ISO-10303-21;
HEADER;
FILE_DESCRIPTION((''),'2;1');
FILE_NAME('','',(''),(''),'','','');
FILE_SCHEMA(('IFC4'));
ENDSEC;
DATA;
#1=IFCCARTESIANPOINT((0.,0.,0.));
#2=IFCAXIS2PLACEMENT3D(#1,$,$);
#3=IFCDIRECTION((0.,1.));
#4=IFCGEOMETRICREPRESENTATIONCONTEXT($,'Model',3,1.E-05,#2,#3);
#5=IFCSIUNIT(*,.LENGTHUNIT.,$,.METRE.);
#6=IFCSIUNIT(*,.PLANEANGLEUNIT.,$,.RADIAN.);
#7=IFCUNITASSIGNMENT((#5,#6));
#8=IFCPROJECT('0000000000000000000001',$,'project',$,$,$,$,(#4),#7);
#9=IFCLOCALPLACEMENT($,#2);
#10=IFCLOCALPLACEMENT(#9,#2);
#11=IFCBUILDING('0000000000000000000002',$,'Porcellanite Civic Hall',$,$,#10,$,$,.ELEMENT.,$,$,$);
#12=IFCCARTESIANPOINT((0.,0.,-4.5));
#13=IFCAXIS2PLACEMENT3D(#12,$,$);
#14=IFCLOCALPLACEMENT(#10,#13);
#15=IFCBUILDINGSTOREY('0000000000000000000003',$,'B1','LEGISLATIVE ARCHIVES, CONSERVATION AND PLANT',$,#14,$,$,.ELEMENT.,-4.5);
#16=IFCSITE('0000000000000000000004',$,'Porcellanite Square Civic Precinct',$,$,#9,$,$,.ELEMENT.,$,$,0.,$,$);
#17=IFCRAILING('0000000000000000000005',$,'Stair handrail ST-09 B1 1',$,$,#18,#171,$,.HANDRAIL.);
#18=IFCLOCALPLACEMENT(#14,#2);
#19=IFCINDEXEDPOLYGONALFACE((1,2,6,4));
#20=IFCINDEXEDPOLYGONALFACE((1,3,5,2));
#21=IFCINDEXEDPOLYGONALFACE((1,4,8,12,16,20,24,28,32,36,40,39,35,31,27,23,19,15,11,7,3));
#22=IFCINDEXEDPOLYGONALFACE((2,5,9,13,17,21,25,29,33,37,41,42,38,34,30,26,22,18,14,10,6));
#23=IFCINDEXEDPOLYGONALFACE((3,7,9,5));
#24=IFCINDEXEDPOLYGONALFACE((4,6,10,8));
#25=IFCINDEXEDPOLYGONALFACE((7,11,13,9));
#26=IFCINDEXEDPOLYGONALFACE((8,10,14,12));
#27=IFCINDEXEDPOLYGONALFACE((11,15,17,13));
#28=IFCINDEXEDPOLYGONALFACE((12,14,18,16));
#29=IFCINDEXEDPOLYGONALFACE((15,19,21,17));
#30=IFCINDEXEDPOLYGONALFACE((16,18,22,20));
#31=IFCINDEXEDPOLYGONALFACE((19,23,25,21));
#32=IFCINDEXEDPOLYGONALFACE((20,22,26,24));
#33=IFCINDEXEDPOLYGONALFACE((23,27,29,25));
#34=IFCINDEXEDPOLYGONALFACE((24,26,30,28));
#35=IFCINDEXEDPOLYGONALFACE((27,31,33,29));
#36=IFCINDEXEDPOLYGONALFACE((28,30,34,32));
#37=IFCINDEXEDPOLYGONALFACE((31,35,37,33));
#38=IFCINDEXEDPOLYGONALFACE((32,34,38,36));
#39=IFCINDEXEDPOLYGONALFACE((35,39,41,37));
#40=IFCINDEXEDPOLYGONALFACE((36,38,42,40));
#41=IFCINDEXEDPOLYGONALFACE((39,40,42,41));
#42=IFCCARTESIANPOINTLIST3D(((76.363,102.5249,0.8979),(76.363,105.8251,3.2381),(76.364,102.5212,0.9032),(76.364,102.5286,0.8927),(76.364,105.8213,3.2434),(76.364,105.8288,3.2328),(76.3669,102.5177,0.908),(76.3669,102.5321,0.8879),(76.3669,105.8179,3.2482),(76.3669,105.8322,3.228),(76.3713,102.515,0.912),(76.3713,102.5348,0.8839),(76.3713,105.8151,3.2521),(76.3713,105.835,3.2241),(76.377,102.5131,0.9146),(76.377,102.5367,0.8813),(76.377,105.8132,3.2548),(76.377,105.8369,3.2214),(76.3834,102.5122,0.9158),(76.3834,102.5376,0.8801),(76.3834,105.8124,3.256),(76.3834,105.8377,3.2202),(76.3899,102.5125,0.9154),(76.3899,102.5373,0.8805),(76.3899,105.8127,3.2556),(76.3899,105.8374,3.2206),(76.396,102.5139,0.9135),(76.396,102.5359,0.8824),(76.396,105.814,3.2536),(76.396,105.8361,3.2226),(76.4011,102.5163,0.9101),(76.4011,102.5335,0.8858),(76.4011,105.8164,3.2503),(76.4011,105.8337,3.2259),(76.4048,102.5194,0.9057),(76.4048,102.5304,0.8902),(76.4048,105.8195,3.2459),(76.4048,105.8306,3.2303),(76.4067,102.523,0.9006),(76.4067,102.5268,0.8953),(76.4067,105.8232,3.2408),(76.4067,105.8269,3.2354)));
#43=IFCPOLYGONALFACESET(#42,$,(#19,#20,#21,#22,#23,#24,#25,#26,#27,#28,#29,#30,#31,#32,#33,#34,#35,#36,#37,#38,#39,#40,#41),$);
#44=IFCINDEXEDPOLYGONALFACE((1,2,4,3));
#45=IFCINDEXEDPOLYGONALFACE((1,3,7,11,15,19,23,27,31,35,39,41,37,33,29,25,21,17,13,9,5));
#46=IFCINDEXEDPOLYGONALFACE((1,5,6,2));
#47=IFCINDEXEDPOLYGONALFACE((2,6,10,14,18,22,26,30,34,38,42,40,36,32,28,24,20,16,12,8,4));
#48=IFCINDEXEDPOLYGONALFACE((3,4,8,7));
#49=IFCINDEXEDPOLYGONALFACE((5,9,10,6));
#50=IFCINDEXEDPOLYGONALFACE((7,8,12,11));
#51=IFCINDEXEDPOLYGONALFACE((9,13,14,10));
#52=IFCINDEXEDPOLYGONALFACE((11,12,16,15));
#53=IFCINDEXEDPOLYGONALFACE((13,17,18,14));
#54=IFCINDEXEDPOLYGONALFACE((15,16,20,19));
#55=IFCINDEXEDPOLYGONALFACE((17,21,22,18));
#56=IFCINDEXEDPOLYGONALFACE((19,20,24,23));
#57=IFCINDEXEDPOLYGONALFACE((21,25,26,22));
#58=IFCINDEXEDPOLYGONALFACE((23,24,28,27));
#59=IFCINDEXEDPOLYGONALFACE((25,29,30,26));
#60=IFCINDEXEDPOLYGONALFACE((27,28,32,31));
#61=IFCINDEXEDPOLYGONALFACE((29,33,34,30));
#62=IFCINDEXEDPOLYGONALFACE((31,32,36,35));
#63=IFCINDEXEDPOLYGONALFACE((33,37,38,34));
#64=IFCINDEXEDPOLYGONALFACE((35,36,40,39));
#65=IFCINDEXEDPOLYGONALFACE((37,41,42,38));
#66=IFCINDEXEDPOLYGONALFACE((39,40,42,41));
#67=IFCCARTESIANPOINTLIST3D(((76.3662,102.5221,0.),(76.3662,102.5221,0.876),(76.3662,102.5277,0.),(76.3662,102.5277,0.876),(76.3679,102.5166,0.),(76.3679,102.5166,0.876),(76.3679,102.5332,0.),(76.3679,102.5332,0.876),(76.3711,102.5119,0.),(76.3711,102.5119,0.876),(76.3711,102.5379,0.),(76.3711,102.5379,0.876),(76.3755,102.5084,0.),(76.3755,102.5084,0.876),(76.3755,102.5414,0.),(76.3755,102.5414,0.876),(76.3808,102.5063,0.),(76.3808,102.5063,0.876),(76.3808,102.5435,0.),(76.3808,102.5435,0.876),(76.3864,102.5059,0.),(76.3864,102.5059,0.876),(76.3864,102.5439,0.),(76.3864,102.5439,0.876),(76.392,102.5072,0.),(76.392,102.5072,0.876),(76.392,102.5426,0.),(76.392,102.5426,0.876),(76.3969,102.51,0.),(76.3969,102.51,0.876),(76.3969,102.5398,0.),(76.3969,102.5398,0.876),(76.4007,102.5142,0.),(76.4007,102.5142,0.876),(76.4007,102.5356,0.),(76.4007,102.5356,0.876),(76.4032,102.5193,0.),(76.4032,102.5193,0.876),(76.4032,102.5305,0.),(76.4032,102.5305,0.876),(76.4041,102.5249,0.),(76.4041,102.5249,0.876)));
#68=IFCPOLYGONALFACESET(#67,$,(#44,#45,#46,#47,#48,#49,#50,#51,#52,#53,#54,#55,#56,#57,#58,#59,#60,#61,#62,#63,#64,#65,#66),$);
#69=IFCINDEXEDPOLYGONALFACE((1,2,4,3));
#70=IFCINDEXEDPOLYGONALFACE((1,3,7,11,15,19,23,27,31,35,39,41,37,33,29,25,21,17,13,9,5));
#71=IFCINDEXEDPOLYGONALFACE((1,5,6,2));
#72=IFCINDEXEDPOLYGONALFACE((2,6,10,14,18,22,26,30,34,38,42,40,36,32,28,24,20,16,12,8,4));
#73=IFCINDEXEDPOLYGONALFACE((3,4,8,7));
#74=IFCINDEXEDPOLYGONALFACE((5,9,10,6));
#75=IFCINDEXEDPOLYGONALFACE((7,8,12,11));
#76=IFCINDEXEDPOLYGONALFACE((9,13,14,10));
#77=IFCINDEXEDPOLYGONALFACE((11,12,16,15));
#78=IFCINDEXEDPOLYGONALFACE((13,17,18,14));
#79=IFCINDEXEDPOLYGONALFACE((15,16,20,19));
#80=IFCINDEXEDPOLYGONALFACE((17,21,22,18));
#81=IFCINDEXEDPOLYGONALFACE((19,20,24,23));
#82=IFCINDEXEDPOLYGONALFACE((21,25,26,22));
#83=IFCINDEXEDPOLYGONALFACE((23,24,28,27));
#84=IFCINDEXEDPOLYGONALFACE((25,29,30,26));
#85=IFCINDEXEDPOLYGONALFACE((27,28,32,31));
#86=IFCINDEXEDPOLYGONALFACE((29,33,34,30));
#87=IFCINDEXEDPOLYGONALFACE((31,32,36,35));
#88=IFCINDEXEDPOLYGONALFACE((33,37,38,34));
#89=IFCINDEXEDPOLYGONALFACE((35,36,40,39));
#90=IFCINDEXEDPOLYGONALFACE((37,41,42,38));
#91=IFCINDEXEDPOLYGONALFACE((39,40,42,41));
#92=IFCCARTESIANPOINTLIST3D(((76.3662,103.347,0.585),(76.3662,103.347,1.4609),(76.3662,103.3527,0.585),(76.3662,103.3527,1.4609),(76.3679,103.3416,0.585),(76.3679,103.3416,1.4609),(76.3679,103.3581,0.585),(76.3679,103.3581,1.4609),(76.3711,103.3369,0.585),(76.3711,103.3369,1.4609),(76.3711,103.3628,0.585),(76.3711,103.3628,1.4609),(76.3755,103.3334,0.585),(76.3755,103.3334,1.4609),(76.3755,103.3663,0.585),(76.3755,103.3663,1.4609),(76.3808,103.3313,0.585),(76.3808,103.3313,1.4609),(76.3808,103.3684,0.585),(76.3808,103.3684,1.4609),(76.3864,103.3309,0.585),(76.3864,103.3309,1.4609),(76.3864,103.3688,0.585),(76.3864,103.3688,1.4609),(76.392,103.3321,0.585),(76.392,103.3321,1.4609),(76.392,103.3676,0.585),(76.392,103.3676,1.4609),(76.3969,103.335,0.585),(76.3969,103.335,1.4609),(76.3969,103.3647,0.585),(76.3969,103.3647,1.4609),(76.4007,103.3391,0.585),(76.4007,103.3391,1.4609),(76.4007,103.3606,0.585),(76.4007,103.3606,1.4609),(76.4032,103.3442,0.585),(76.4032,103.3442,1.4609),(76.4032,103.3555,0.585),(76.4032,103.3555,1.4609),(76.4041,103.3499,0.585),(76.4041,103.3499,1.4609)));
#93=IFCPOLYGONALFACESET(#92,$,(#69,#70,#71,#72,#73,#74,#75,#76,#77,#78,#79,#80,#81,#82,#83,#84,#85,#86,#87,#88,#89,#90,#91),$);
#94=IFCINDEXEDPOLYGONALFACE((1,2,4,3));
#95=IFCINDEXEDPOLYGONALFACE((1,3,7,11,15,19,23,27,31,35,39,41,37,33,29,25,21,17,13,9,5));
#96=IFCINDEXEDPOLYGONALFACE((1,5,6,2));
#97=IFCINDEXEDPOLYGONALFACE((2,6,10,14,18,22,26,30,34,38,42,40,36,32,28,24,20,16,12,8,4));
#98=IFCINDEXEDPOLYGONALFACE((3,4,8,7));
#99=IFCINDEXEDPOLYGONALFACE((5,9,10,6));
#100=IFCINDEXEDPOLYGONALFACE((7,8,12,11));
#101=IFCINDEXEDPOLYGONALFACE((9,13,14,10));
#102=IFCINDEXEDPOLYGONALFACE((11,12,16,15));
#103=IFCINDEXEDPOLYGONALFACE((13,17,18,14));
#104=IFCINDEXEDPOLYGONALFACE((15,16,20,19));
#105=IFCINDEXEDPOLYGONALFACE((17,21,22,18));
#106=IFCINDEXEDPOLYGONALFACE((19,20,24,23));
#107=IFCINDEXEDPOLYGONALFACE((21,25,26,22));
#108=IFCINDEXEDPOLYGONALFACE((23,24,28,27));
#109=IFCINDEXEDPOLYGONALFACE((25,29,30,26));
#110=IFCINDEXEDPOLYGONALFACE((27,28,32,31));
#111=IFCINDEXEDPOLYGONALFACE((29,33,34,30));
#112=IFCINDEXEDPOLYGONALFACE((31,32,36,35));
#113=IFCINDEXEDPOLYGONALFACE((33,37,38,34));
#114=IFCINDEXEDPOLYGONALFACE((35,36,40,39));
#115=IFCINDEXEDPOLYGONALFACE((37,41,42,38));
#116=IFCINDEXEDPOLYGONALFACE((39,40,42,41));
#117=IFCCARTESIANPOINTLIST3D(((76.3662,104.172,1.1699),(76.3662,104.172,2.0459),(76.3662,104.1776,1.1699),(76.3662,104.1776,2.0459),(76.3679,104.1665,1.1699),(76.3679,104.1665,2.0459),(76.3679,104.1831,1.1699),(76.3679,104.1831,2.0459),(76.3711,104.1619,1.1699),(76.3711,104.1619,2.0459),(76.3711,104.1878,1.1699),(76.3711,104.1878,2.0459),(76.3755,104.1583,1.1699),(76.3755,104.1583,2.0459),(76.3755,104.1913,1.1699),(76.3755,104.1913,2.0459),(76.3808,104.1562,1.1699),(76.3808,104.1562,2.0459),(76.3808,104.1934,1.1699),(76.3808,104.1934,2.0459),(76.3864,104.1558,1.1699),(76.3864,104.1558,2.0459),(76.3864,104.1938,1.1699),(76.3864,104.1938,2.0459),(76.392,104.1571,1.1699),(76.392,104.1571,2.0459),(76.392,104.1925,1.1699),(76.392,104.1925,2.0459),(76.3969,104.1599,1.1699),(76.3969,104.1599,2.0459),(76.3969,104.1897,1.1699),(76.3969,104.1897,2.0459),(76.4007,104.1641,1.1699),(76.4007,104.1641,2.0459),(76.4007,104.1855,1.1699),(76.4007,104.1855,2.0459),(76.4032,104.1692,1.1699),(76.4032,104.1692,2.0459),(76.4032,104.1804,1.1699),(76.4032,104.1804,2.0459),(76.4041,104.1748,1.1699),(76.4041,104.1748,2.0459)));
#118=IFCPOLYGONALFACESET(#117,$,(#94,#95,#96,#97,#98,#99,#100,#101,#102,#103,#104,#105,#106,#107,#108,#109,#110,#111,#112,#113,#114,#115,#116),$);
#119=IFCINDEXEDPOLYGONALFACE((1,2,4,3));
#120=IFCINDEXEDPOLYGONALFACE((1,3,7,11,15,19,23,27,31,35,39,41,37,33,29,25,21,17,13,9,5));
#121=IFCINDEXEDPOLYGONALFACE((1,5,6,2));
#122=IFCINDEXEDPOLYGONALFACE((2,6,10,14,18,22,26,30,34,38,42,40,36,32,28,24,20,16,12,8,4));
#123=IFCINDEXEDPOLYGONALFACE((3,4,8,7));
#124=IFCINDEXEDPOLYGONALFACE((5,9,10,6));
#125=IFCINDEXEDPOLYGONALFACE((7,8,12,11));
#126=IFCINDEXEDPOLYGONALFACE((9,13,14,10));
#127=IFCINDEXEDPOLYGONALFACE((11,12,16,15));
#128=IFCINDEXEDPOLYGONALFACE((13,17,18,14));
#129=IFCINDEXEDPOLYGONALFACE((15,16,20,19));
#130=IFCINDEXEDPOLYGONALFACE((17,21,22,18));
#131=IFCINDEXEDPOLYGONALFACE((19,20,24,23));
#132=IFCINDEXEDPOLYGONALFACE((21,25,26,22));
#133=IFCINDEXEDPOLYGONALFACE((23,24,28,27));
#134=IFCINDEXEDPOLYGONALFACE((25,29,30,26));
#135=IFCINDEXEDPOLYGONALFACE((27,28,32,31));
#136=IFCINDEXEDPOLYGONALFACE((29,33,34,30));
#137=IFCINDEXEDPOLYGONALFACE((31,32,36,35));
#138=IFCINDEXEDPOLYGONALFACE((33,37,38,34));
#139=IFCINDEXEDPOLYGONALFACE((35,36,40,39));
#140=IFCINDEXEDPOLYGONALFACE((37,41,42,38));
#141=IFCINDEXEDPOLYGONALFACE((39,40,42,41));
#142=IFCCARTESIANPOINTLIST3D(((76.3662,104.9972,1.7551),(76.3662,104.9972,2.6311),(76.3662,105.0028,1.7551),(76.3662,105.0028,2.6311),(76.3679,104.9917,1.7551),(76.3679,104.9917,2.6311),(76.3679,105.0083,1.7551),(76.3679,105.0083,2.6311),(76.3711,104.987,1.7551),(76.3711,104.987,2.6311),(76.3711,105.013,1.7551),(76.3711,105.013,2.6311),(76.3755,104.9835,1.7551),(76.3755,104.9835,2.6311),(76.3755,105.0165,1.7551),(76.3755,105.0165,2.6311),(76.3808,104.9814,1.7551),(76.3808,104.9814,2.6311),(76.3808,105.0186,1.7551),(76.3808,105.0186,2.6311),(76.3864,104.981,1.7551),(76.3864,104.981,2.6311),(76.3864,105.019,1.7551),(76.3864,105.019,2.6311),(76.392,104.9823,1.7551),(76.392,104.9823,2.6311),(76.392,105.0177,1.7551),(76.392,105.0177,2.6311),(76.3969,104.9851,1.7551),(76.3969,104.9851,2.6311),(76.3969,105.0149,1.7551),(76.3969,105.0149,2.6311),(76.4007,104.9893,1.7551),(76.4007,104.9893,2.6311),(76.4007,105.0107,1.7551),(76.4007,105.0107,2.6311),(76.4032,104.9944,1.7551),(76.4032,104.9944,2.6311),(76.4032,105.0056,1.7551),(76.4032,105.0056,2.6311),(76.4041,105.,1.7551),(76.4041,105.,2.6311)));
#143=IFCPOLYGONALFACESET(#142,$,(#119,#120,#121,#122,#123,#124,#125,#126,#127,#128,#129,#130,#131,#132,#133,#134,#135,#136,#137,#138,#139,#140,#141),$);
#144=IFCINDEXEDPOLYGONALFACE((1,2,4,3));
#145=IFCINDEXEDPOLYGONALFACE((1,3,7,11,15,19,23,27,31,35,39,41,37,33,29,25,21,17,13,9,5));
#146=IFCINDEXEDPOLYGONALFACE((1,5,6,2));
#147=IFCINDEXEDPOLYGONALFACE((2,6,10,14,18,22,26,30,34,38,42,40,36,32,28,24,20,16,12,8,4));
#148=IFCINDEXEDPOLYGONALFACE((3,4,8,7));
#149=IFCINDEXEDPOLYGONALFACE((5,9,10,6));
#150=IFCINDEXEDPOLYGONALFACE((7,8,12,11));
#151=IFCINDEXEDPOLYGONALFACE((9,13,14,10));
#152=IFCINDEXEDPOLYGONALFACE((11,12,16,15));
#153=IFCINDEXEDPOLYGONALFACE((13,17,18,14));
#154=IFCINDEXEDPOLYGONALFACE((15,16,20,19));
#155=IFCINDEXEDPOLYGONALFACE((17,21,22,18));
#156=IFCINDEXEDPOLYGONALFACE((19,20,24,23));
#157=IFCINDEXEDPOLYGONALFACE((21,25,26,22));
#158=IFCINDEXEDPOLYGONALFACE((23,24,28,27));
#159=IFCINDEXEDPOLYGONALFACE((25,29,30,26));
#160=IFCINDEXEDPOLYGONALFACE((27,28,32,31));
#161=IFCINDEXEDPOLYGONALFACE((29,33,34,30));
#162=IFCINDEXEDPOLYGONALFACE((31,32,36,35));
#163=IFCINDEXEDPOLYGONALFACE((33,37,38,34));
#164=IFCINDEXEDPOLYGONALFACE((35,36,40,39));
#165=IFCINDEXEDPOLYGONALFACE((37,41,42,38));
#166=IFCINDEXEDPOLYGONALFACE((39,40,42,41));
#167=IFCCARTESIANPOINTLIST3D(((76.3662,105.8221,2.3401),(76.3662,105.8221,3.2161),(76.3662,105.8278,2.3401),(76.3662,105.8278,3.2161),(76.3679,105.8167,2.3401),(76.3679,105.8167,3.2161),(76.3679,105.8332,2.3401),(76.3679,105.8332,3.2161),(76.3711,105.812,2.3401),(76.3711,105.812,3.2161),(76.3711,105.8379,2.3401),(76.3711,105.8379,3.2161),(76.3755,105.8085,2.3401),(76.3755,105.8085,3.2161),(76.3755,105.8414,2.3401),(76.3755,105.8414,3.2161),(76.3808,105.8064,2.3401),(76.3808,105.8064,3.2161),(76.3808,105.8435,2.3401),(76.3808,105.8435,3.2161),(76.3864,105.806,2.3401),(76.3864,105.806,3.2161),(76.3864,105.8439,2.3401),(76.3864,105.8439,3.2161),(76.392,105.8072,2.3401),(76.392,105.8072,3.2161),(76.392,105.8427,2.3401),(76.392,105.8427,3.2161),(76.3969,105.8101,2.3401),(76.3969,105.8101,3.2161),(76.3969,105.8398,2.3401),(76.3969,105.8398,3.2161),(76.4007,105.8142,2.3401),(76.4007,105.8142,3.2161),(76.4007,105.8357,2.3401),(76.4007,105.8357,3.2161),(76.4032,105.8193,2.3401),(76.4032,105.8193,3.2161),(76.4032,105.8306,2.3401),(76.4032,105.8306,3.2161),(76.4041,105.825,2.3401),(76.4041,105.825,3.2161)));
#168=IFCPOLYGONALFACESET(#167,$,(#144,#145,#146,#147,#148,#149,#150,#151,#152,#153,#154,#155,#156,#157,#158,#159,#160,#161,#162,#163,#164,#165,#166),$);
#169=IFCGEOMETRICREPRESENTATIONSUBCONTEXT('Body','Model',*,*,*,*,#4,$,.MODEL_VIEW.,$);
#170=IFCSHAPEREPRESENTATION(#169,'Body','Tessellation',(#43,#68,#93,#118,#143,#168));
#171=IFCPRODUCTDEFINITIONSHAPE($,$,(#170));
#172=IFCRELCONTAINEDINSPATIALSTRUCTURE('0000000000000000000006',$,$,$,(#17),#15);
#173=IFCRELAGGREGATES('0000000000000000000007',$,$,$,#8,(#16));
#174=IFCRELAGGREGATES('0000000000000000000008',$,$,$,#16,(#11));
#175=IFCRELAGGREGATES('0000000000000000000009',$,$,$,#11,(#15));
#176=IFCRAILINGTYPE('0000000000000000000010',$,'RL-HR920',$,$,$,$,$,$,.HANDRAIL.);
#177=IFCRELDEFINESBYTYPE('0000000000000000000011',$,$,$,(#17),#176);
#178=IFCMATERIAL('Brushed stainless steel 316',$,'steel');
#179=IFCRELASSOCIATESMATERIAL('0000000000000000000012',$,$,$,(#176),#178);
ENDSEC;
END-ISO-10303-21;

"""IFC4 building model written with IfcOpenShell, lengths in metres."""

from ifc_helpers import new_model, si_unit, direction, frame, origin, origin_2d, place, context, subcontext, project, spatial, circle, extrude, material, type_object, element, save


model = new_model("IFC4")

# Units and contexts
model_context = context("Model", 3, precision=1e-05, world=origin(), true_north=direction((0.0, 1.0)))
body_context = subcontext(model_context, "Body", "Model", "MODEL_VIEW")
ifc_project = project(units=[si_unit("LENGTHUNIT", "METRE"), si_unit("PLANEANGLEUNIT", "RADIAN")], contexts=[model_context])

# Site, building, storey
site_placement = place(None, origin())
site = spatial("IfcSite", under=ifc_project, at=site_placement, Name="Porcellanite Square Civic Precinct", CompositionType="ELEMENT", RefElevation=0.0)
building_placement = place(site_placement, origin())
building = spatial("IfcBuilding", under=site, at=building_placement, Name="Porcellanite Civic Hall", CompositionType="ELEMENT")
storey_placement = place(building_placement, frame((0.0, 0.0, -4.5)))
storey = spatial("IfcBuildingStorey", under=building, at=storey_placement, Name="B1", Description="LEGISLATIVE ARCHIVES, CONSERVATION AND PLANT", CompositionType="ELEMENT", Elevation=-4.5)

# Railing
ifc_material_1 = material(Name="Brushed stainless steel 316", Category="steel")
railing_type_1 = type_object("IfcRailingType", Name="RL-HR920", PredefinedType="HANDRAIL", material=ifc_material_1)
railing_1_placement = place(storey_placement, frame((76.385, 102.5249, 0.0)))
element("IfcRailing", 1, at=railing_1_placement, inside=storey, type_object=railing_type_1, Name="Stair handrail ST-09 B1 1", PredefinedType="HANDRAIL", context=body_context, shape_type="SweptSolid", body=[
    extrude(circle(Radius=0.022, at=origin_2d()), frame((0.0, 0.0, 0.8979), z_axis=(0.0, 0.815727, 0.578438), x_axis=(-1.0, 0.0, 0.0)), (0.0, 0.0, 1.0), 4.0457),
    extrude(circle(Radius=0.019, at=origin_2d()), origin(), (0.0, 0.0, 1.0), 0.876),
    extrude(circle(Radius=0.019, at=origin_2d()), frame((0.0, 0.825, 0.585)), (0.0, 0.0, 1.0), 0.876),
    extrude(circle(Radius=0.019, at=origin_2d()), frame((0.0, 1.6499, 1.1699)), (0.0, 0.0, 1.0), 0.876),
    extrude(circle(Radius=0.019, at=origin_2d()), frame((0.0, 2.4751, 1.7551)), (0.0, 0.0, 1.0), 0.876),
    extrude(circle(Radius=0.019, at=origin_2d()), frame((0.0, 3.3, 2.3401)), (0.0, 0.0, 1.0), 0.876),
])

save(model, "model.ifc")
